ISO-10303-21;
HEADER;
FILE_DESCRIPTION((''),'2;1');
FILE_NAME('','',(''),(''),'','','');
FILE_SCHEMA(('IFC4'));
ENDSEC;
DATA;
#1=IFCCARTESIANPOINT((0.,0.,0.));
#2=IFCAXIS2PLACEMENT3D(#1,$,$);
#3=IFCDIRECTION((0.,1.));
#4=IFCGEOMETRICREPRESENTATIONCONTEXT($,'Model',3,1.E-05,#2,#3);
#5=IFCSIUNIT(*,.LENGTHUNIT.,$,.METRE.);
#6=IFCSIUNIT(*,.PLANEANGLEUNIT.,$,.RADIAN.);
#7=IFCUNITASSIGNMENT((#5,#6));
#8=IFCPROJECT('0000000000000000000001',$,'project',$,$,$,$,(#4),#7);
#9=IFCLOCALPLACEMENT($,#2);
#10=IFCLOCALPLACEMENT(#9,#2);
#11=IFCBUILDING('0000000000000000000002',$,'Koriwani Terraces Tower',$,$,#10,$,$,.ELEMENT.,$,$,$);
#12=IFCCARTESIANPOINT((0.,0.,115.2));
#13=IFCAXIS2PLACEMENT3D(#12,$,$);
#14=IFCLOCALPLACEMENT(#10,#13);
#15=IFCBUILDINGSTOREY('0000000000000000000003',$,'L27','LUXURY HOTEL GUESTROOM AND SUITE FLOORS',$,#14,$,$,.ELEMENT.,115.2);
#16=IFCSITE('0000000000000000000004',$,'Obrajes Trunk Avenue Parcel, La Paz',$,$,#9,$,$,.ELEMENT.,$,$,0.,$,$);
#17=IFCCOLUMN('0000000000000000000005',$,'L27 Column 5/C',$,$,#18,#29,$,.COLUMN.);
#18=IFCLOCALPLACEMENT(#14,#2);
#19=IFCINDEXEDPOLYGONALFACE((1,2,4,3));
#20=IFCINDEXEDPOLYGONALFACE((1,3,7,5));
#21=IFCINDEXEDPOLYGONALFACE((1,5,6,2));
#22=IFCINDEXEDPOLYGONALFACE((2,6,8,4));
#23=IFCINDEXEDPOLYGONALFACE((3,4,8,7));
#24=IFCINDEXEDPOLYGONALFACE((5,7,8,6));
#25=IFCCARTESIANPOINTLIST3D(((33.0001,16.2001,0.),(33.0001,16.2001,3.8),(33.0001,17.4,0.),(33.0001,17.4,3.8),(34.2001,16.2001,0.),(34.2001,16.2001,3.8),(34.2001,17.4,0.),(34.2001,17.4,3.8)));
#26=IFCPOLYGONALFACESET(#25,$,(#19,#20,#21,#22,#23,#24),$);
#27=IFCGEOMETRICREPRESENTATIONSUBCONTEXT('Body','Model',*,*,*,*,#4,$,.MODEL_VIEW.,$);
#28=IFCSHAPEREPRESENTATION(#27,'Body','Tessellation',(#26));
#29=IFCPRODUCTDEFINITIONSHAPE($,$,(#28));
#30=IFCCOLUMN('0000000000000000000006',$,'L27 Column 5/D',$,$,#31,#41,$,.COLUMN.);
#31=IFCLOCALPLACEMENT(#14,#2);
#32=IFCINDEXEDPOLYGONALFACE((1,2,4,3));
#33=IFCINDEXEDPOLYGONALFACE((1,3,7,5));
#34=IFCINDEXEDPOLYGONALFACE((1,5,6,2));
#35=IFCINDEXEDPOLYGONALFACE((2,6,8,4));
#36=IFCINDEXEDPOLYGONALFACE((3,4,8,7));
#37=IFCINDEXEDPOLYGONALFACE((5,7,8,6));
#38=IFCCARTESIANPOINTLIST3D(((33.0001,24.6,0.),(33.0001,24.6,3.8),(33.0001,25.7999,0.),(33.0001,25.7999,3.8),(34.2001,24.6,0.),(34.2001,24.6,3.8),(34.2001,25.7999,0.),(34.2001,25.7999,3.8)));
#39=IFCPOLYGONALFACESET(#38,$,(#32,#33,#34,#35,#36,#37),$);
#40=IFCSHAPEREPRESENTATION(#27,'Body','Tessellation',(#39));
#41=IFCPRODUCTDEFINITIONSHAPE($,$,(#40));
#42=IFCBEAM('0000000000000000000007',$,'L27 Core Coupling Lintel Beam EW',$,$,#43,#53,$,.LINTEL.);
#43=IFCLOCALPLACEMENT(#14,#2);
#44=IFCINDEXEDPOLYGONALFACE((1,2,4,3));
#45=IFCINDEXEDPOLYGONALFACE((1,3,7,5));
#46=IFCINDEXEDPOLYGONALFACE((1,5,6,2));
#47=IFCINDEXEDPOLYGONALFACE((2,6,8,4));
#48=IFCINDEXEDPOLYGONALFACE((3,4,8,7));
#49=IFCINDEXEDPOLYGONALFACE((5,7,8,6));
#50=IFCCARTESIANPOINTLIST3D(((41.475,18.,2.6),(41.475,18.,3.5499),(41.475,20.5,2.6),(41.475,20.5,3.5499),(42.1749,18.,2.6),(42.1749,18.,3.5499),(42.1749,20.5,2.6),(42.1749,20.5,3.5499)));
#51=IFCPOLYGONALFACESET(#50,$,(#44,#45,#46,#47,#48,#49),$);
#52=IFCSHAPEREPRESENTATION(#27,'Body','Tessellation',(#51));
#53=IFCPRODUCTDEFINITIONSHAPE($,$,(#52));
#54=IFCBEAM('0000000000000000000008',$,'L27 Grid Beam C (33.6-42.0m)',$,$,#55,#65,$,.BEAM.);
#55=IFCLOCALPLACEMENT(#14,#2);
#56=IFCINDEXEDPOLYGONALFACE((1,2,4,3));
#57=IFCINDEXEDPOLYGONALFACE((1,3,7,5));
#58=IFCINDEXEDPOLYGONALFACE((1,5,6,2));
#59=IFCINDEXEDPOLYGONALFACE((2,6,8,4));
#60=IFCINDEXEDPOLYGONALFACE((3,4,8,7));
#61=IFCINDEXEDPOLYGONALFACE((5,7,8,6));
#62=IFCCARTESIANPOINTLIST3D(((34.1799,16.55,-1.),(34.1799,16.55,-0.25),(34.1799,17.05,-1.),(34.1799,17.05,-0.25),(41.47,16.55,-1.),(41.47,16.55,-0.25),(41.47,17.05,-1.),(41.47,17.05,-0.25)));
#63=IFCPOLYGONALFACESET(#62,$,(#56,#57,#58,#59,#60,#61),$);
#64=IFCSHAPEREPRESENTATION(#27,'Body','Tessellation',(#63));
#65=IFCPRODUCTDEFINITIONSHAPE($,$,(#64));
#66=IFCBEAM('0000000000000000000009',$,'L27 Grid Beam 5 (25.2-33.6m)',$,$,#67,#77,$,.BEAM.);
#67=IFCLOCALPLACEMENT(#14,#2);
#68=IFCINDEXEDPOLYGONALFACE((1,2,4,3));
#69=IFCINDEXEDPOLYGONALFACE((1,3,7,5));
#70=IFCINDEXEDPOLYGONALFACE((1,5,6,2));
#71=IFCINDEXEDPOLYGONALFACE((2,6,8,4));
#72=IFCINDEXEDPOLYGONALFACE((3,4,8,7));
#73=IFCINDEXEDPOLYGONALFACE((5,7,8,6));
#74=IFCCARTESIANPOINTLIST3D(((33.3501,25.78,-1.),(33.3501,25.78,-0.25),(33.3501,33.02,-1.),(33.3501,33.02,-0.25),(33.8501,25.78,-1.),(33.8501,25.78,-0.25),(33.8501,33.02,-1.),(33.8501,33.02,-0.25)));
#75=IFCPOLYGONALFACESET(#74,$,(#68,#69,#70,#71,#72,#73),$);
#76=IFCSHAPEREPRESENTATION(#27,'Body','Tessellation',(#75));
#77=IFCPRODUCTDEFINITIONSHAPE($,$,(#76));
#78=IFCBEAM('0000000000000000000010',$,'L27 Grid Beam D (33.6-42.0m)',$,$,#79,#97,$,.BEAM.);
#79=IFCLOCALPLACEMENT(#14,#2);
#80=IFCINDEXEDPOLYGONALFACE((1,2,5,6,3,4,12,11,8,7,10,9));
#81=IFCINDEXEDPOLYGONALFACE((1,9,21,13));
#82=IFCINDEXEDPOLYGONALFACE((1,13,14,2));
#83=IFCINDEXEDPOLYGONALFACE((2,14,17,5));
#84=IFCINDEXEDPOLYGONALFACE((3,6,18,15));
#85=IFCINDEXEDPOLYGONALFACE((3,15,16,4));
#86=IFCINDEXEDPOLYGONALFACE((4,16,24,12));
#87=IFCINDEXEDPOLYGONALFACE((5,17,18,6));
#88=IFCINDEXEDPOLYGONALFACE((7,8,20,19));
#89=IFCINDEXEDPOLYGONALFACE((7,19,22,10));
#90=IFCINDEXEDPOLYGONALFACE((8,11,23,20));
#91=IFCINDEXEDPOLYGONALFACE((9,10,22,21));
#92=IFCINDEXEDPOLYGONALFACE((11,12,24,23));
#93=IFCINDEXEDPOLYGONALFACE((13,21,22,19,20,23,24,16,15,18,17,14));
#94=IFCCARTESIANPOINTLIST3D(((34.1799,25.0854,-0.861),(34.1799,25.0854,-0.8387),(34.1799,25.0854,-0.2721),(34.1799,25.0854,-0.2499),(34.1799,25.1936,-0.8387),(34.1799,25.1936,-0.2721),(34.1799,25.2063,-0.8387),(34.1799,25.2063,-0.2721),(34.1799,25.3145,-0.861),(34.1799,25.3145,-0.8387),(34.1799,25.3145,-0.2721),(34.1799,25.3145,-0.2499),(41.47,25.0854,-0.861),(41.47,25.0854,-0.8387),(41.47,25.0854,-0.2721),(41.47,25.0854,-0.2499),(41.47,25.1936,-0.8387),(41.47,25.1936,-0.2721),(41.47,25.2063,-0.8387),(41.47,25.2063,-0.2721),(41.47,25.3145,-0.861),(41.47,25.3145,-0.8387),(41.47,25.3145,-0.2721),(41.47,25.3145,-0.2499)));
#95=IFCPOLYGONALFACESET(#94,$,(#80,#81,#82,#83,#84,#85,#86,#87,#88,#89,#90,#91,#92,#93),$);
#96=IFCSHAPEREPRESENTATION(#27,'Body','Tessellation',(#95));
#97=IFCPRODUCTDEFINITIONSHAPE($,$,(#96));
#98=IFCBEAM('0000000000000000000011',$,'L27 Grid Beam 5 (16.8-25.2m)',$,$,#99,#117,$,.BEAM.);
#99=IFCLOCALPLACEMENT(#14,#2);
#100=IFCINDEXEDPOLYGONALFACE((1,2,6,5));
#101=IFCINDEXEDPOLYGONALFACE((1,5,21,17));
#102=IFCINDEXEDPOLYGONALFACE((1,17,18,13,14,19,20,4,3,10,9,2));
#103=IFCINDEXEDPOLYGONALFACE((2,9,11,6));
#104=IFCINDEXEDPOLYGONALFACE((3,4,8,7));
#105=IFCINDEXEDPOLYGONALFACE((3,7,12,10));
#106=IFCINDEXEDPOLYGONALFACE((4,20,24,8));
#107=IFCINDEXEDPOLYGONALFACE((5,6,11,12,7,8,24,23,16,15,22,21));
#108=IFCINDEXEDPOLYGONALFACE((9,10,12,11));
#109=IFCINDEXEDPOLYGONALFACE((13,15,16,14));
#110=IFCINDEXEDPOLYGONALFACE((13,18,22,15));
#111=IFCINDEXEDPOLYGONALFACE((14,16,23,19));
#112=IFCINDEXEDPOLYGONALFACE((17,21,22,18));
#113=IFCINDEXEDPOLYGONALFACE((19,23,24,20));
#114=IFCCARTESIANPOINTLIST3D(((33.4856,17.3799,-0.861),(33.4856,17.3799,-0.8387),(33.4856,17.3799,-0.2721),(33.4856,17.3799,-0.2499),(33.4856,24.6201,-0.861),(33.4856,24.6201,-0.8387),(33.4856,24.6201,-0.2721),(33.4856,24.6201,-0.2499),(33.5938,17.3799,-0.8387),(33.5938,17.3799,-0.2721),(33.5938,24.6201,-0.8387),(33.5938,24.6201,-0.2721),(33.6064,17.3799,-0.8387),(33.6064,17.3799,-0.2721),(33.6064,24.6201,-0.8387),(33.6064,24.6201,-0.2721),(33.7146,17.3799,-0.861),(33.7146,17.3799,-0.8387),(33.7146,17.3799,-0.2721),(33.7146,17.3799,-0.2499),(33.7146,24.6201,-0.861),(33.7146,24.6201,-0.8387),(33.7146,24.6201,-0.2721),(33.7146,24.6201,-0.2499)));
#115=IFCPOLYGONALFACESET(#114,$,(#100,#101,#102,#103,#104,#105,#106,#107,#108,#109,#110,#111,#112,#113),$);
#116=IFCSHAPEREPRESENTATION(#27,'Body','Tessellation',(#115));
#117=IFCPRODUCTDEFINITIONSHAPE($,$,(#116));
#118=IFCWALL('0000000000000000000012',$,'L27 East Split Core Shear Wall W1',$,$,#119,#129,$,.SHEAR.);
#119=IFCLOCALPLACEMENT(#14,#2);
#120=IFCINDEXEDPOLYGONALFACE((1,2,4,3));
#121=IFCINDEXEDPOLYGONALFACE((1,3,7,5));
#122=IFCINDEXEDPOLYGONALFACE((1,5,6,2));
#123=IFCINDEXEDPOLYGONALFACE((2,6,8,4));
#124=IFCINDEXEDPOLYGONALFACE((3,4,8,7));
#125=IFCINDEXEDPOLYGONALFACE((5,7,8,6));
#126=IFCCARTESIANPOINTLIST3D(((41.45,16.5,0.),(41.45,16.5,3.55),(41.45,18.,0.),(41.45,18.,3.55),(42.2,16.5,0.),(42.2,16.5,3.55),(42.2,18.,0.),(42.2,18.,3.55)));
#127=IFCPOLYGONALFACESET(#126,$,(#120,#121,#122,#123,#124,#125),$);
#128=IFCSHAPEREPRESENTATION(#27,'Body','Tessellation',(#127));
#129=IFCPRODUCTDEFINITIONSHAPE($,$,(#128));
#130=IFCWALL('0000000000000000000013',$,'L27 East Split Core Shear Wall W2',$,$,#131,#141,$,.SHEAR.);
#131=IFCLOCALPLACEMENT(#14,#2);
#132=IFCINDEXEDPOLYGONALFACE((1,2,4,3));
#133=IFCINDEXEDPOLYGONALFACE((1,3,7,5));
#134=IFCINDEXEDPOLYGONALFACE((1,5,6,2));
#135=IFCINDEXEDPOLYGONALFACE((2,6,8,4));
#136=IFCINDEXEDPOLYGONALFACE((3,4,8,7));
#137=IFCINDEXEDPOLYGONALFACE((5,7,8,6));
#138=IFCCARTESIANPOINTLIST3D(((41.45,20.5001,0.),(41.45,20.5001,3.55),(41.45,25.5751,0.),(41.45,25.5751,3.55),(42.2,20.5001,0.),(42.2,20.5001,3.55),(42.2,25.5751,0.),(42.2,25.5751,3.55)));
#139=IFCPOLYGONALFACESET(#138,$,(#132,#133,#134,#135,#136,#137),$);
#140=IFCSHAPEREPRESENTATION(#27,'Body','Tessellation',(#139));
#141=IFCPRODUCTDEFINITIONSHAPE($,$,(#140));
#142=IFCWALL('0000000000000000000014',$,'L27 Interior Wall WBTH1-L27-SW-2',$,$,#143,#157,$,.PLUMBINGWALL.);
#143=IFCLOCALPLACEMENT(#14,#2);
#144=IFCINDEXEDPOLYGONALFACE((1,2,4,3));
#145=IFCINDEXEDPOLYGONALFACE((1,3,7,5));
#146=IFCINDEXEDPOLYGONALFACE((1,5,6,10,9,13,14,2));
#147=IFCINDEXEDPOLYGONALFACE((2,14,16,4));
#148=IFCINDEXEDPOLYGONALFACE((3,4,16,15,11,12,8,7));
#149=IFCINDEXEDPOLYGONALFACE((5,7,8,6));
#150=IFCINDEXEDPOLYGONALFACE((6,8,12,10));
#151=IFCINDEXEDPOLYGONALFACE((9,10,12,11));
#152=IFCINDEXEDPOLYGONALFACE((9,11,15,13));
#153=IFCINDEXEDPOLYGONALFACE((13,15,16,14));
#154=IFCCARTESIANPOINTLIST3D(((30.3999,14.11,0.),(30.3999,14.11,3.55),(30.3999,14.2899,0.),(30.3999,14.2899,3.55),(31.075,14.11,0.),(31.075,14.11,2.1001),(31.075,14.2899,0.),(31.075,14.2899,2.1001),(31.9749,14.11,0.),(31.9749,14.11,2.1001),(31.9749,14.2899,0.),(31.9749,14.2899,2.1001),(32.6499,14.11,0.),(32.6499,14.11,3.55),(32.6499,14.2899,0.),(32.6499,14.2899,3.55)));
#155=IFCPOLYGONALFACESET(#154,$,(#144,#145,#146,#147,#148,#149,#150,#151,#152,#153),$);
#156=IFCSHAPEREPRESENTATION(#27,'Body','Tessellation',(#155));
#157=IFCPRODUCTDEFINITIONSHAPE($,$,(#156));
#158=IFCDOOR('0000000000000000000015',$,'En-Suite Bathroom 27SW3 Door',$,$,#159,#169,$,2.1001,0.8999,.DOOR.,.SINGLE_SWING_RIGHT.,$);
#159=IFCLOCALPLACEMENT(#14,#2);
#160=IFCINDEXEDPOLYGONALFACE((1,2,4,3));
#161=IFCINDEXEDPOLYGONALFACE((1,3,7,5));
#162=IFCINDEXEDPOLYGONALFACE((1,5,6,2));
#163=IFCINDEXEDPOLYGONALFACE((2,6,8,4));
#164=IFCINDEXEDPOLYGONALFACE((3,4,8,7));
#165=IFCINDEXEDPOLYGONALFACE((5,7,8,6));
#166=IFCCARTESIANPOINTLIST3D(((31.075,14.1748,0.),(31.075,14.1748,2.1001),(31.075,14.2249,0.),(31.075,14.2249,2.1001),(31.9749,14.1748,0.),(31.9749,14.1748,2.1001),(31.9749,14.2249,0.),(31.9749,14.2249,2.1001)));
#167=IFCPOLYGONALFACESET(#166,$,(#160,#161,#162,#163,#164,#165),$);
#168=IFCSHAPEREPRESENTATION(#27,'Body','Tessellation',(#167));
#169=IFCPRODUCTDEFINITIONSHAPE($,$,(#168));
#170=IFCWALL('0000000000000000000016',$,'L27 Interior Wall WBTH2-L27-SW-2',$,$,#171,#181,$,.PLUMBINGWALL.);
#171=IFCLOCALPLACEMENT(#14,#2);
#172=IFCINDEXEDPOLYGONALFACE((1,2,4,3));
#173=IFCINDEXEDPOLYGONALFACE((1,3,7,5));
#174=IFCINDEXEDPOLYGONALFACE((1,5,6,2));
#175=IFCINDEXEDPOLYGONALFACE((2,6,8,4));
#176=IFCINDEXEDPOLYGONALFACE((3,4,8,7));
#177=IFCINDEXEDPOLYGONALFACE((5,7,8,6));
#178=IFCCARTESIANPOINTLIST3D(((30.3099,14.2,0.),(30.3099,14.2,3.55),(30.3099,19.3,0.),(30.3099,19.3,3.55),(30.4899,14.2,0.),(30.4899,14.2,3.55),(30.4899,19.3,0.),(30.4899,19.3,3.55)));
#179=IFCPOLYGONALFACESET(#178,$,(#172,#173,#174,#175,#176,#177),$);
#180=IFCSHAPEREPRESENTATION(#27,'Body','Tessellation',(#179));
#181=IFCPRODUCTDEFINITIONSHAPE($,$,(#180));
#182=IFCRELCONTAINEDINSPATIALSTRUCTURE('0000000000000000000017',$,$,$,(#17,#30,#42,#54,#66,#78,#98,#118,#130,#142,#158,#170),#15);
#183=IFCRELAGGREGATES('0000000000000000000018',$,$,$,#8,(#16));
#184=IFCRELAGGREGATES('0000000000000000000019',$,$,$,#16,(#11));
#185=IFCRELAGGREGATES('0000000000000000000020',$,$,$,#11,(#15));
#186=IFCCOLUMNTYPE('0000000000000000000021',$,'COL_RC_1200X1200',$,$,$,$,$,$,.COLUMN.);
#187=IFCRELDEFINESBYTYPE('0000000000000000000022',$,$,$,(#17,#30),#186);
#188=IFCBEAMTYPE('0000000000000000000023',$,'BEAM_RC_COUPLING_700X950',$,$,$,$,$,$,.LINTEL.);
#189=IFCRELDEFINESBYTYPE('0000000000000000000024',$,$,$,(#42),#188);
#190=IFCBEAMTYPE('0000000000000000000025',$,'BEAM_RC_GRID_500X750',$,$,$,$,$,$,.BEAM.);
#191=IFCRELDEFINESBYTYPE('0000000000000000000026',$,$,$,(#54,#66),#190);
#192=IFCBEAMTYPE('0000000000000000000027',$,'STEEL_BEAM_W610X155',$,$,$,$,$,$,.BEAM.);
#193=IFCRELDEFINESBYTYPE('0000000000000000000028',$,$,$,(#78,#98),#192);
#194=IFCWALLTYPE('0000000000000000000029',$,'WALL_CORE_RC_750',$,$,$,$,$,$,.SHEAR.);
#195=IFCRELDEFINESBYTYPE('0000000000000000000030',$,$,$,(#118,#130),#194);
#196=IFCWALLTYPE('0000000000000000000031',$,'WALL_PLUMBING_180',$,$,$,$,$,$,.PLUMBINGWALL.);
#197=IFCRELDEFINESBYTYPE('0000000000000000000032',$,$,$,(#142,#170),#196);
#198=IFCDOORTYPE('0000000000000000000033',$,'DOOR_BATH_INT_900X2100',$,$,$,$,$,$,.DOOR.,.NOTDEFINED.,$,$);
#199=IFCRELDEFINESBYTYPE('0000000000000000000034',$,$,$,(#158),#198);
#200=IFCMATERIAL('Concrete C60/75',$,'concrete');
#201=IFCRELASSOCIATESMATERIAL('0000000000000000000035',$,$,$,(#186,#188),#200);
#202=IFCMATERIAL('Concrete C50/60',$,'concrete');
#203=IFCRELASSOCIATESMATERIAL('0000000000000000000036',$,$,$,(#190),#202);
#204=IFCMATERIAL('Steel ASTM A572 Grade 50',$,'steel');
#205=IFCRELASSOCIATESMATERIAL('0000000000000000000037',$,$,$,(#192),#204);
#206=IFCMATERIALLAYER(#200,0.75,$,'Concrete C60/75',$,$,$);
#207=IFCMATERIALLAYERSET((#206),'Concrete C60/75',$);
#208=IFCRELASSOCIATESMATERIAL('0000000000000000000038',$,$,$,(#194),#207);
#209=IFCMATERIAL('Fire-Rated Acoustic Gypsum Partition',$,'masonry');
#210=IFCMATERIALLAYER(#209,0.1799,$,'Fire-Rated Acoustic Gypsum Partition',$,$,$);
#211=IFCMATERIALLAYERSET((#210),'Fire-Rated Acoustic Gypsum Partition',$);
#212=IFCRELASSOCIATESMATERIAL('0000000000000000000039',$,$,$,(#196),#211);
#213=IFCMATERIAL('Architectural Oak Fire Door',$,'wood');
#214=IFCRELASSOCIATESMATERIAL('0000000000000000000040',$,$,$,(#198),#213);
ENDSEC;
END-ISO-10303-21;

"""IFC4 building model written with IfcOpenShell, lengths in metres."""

from ifc_helpers import new_model, si_unit, direction, frame, frame_2d, origin, origin_2d, place, context, subcontext, project, spatial, rectangle, i_section, extrude, material, layer, layer_set, material_profile, profile_set, type_object, element, fill, save


model = new_model("IFC4")

# Units and contexts
model_context = context("Model", 3, precision=1e-05, world=origin(), true_north=direction((0.0, 1.0)))
body_context = subcontext(model_context, "Body", "Model", "MODEL_VIEW")
ifc_project = project(units=[si_unit("LENGTHUNIT", "METRE"), si_unit("PLANEANGLEUNIT", "RADIAN")], contexts=[model_context])

# Site, building, storey
site_placement = place(None, origin())
site = spatial("IfcSite", under=ifc_project, at=site_placement, Name="Obrajes Trunk Avenue Parcel, La Paz", CompositionType="ELEMENT", RefElevation=0.0)
building_placement = place(site_placement, origin())
building = spatial("IfcBuilding", under=site, at=building_placement, Name="Koriwani Terraces Tower", CompositionType="ELEMENT")
storey_placement = place(building_placement, frame((0.0, 0.0, 115.2)))
storey = spatial("IfcBuildingStorey", under=building, at=storey_placement, Name="L27", Description="LUXURY HOTEL GUESTROOM AND SUITE FLOORS", CompositionType="ELEMENT", Elevation=115.2)

# Columns
ifc_material_1 = material(Name="Concrete C60/75", Category="concrete")
ifc_material_profile_1 = material_profile(ifc_material_1, rectangle(XDim=1.2, YDim=1.2, at=origin_2d()), Name="Concrete C60/75", Category="LoadBearing")
ifc_profile_set_1 = profile_set([ifc_material_profile_1], Name="Concrete C60/75")
column_type = type_object("IfcColumnType", Name="COL_RC_1200X1200", PredefinedType="COLUMN", material=ifc_profile_set_1)
for number, where, z_axis, x_axis, name in (
    (1, (33.6001, 16.8, 0.0), (0.0, 0.0, 1.0), (1.0, 0.0, 0.0), "L27 Column 5/C"),
    (2, (33.6001, 25.2, 0.0), (0.0, 0.0, 1.0), (1.0, 0.0, 0.0), "L27 Column 5/D"),
):
    element("IfcColumn", number, at=place(storey_placement, frame(where, z_axis=z_axis, x_axis=x_axis)), inside=storey, type_object=column_type, Name=name, PredefinedType="COLUMN", context=body_context, shape_type="SweptSolid", body=[
        extrude(rectangle(XDim=1.2, YDim=1.2, at=origin_2d()), origin(), (0.0, 0.0, 1.0), 3.8),
    ])

# Beams
ifc_material_profile_2 = material_profile(ifc_material_1, rectangle(XDim=0.7, YDim=0.95, at=origin_2d()), Name="Concrete C60/75", Category="LoadBearing")
ifc_profile_set_2 = profile_set([ifc_material_profile_2], Name="Concrete C60/75")
beam_type_1 = type_object("IfcBeamType", Name="BEAM_RC_COUPLING_700X950", PredefinedType="LINTEL", material=ifc_profile_set_2)
beam_1_placement = place(storey_placement, frame((41.825, 18.0, 3.075), z_axis=(0.0, 1.0, 0.0), x_axis=(-1.0, 0.0, 0.0)))
element("IfcBeam", 3, at=beam_1_placement, inside=storey, type_object=beam_type_1, Name="L27 Core Coupling Lintel Beam EW", PredefinedType="LINTEL", context=body_context, shape_type="SweptSolid", body=[
    extrude(rectangle(XDim=0.7, YDim=0.95, at=origin_2d()), origin(), (0.0, 0.0, 1.0), 2.5),
])
ifc_material_2 = material(Name="Concrete C50/60", Category="concrete")
ifc_material_profile_3 = material_profile(ifc_material_2, rectangle(XDim=0.5, YDim=0.75, at=origin_2d()), Name="Concrete C50/60", Category="LoadBearing")
ifc_profile_set_3 = profile_set([ifc_material_profile_3], Name="Concrete C50/60")
beam_type_2 = type_object("IfcBeamType", Name="BEAM_RC_GRID_500X750", PredefinedType="BEAM", material=ifc_profile_set_3)
beam_2_placement = place(storey_placement, frame((34.1799, 16.8, -0.625), z_axis=(1.0, 0.0, 0.0), x_axis=(0.0, 1.0, 0.0)))
element("IfcBeam", 4, at=beam_2_placement, inside=storey, type_object=beam_type_2, Name="L27 Grid Beam C (33.6-42.0m)", PredefinedType="BEAM", context=body_context, shape_type="SweptSolid", body=[
    extrude(rectangle(XDim=0.5, YDim=0.75, at=origin_2d()), origin(), (0.0, 0.0, 1.0), 7.29),
])
beam_3_placement = place(storey_placement, frame((33.6001, 25.78, -0.625), z_axis=(0.0, 1.0, 0.0), x_axis=(-1.0, 0.0, 0.0)))
element("IfcBeam", 5, at=beam_3_placement, inside=storey, type_object=beam_type_2, Name="L27 Grid Beam 5 (25.2-33.6m)", PredefinedType="BEAM", context=body_context, shape_type="SweptSolid", body=[
    extrude(rectangle(XDim=0.5, YDim=0.75, at=origin_2d()), origin(), (0.0, 0.0, 1.0), 7.24),
])
ifc_material_3 = material(Name="Steel ASTM A572 Grade 50", Category="steel")
ifc_material_profile_4 = material_profile(ifc_material_3, i_section(OverallWidth=0.229, OverallDepth=0.6111, WebThickness=0.0127, FlangeThickness=0.0222, at=origin_2d()), Name="Steel ASTM A572 Grade 50", Category="LoadBearing")
ifc_profile_set_4 = profile_set([ifc_material_profile_4], Name="Steel ASTM A572 Grade 50")
beam_type_3 = type_object("IfcBeamType", Name="STEEL_BEAM_W610X155", PredefinedType="BEAM", material=ifc_profile_set_4)
beam_4_placement = place(storey_placement, frame((34.1799, 25.2, -0.5554), z_axis=(1.0, 0.0, 0.0), x_axis=(0.0, 1.0, 0.0)))
element("IfcBeam", 6, at=beam_4_placement, inside=storey, type_object=beam_type_3, Name="L27 Grid Beam D (33.6-42.0m)", PredefinedType="BEAM", context=body_context, shape_type="SweptSolid", body=[
    extrude(i_section(OverallWidth=0.229, OverallDepth=0.6111, WebThickness=0.0127, FlangeThickness=0.0222, at=origin_2d()), origin(), (0.0, 0.0, 1.0), 7.29),
])
beam_5_placement = place(storey_placement, frame((33.6001, 17.3799, -0.5554), z_axis=(0.0, 1.0, 0.0), x_axis=(-1.0, 0.0, 0.0)))
element("IfcBeam", 7, at=beam_5_placement, inside=storey, type_object=beam_type_3, Name="L27 Grid Beam 5 (16.8-25.2m)", PredefinedType="BEAM", context=body_context, shape_type="SweptSolid", body=[
    extrude(i_section(OverallWidth=0.229, OverallDepth=0.6111, WebThickness=0.0127, FlangeThickness=0.0222, at=origin_2d()), origin(), (0.0, 0.0, 1.0), 7.2402),
])

# Walls
ifc_layer_1 = layer(ifc_material_1, 0.75, Name="Concrete C60/75")
ifc_layer_set_1 = layer_set([ifc_layer_1], Name="Concrete C60/75")
wall_type_1 = type_object("IfcWallType", Name="WALL_CORE_RC_750", PredefinedType="SHEAR", material=ifc_layer_set_1)
wall_1_placement = place(storey_placement, frame((41.825, 16.5, 0.0), z_axis=(0.0, 0.0, 1.0), x_axis=(0.0, 1.0, 0.0)))
element("IfcWall", 8, at=wall_1_placement, inside=storey, type_object=wall_type_1, Name="L27 East Split Core Shear Wall W1", PredefinedType="SHEAR", context=body_context, shape_type="SweptSolid", body=[
    extrude(rectangle(XDim=1.5, YDim=0.75, at=frame_2d((0.75, 0.0))), origin(), (0.0, 0.0, 1.0), 3.55),
])
wall_2_placement = place(storey_placement, frame((41.825, 20.5, 0.0), z_axis=(0.0, 0.0, 1.0), x_axis=(0.0, 1.0, 0.0)))
element("IfcWall", 9, at=wall_2_placement, inside=storey, type_object=wall_type_1, Name="L27 East Split Core Shear Wall W2", PredefinedType="SHEAR", context=body_context, shape_type="SweptSolid", body=[
    extrude(rectangle(XDim=5.075, YDim=0.75, at=frame_2d((2.5376, 0.0))), origin(), (0.0, 0.0, 1.0), 3.55),
])

# Wall, opening, door
ifc_material_4 = material(Name="Fire-Rated Acoustic Gypsum Partition", Category="masonry")
ifc_layer_2 = layer(ifc_material_4, 0.1799, Name="Fire-Rated Acoustic Gypsum Partition")
ifc_layer_set_2 = layer_set([ifc_layer_2], Name="Fire-Rated Acoustic Gypsum Partition")
wall_type_2 = type_object("IfcWallType", Name="WALL_PLUMBING_180", PredefinedType="PLUMBINGWALL", material=ifc_layer_set_2)
wall_3_placement = place(storey_placement, frame((30.3999, 14.2, 0.0), z_axis=(0.0, 0.0, 1.0), x_axis=(1.0, 0.0, 0.0)))
wall_3 = element("IfcWall", 10, at=wall_3_placement, inside=storey, type_object=wall_type_2, Name="L27 Interior Wall WBTH1-L27-SW-2", PredefinedType="PLUMBINGWALL", context=body_context, shape_type="SweptSolid", body=[
    extrude(rectangle(XDim=2.25, YDim=0.1799, at=frame_2d((1.125, 0.0))), origin(), (0.0, 0.0, 1.0), 3.55),
])
opening_1_placement = place(wall_3_placement, frame((0.675, 0.0, 0.0)))
opening_1 = element("IfcOpeningElement", 11, at=opening_1_placement, cuts=wall_3, PredefinedType="OPENING", context=body_context, shape_type="SweptSolid", body=[
    extrude(rectangle(XDim=0.8999, YDim=2.1001, at=frame_2d((0.45, 1.05))), frame((0.0, 0.1001, 0.0), z_axis=(0.0, -1.0, 0.0), x_axis=(1.0, 0.0, 0.0)), (0.0, 0.0, 1.0), 0.2),
])
ifc_material_5 = material(Name="Architectural Oak Fire Door", Category="wood")
door_type = type_object("IfcDoorType", Name="DOOR_BATH_INT_900X2100", OperationType="NOTDEFINED", PredefinedType="DOOR", material=ifc_material_5)
door_1_placement = place(opening_1_placement, origin())
door_1 = element("IfcDoor", 12, at=door_1_placement, inside=storey, type_object=door_type, Name="En-Suite Bathroom 27SW3 Door", OperationType="SINGLE_SWING_RIGHT", OverallHeight=2.1001, OverallWidth=0.8999, PredefinedType="DOOR", context=body_context, shape_type="SweptSolid", body=[
    extrude(rectangle(XDim=0.8999, YDim=2.1001, at=frame_2d((0.45, 1.05))), frame((0.0, 0.0249, 0.0), z_axis=(0.0, -1.0, 0.0), x_axis=(1.0, 0.0, 0.0)), (0.0, 0.0, 1.0), 0.05),
])
fill(opening_1, door_1)

# Wall
wall_4_placement = place(storey_placement, frame((30.3999, 14.2, 0.0), z_axis=(0.0, 0.0, 1.0), x_axis=(0.0, 1.0, 0.0)))
element("IfcWall", 13, at=wall_4_placement, inside=storey, type_object=wall_type_2, Name="L27 Interior Wall WBTH2-L27-SW-2", PredefinedType="PLUMBINGWALL", context=body_context, shape_type="SweptSolid", body=[
    extrude(rectangle(XDim=5.1001, YDim=0.1799, at=frame_2d((2.55, 0.0))), origin(), (0.0, 0.0, 1.0), 3.55),
])

save(model, "model.ifc")
